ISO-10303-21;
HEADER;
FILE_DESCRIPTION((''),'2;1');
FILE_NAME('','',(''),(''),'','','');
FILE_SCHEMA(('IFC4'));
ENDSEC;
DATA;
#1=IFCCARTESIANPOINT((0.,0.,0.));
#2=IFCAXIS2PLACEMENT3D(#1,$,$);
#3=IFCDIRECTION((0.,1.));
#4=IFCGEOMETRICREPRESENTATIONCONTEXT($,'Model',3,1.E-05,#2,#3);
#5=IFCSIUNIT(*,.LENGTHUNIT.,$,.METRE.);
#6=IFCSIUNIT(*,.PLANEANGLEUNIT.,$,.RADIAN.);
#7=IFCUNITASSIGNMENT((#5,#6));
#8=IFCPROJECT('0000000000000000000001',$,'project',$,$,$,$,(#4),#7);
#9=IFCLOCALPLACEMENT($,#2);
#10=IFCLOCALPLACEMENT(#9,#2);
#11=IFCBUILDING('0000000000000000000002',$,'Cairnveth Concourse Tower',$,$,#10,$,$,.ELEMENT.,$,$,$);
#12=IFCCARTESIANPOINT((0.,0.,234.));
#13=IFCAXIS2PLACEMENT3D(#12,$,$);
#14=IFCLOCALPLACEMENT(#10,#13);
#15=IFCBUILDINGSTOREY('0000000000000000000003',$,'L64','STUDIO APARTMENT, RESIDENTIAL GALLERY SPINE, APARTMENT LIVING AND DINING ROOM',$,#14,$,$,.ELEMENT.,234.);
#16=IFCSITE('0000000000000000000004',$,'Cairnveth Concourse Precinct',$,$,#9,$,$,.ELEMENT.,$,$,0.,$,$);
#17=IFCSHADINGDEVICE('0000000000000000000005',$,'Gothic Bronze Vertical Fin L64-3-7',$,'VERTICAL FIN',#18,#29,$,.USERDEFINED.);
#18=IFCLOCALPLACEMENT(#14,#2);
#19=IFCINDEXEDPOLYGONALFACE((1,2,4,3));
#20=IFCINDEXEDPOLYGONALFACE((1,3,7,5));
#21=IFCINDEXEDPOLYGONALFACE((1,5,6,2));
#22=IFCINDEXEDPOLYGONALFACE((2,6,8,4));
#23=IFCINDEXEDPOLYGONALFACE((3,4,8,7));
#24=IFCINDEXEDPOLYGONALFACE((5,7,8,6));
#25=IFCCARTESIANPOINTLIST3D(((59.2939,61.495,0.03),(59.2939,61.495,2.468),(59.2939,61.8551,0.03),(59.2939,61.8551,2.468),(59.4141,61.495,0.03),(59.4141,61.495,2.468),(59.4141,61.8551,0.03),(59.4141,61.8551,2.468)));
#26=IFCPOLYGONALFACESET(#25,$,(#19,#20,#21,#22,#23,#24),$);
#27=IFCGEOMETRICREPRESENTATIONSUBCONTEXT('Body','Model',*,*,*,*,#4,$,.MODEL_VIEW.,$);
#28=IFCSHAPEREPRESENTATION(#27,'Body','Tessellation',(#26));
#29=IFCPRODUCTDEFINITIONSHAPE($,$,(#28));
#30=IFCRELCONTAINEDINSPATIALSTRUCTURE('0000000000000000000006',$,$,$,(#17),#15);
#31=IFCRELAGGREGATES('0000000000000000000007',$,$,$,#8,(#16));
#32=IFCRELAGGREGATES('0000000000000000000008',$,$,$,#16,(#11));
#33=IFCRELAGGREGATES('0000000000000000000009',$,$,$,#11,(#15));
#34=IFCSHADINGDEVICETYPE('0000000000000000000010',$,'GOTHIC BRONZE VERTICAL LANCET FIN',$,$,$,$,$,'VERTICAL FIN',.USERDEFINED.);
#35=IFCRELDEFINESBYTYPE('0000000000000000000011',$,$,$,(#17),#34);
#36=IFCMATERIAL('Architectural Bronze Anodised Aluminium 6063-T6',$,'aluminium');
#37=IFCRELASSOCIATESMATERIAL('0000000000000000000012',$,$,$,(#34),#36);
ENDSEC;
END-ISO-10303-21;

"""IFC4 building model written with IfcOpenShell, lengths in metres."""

from ifc_helpers import new_model, si_unit, direction, frame, origin, origin_2d, place, context, subcontext, project, spatial, rectangle, extrude, material, type_object, element, save


model = new_model("IFC4")

# Units and contexts
model_context = context("Model", 3, precision=1e-05, world=origin(), true_north=direction((0.0, 1.0)))
body_context = subcontext(model_context, "Body", "Model", "MODEL_VIEW")
ifc_project = project(units=[si_unit("LENGTHUNIT", "METRE"), si_unit("PLANEANGLEUNIT", "RADIAN")], contexts=[model_context])

# Site, building, storey
site_placement = place(None, origin())
site = spatial("IfcSite", under=ifc_project, at=site_placement, Name="Cairnveth Concourse Precinct", CompositionType="ELEMENT", RefElevation=0.0)
building_placement = place(site_placement, origin())
building = spatial("IfcBuilding", under=site, at=building_placement, Name="Cairnveth Concourse Tower", CompositionType="ELEMENT")
storey_placement = place(building_placement, frame((0.0, 0.0, 234.0)))
storey = spatial("IfcBuildingStorey", under=building, at=storey_placement, Name="L64", Description="STUDIO APARTMENT, RESIDENTIAL GALLERY SPINE, APARTMENT LIVING AND DINING ROOM", CompositionType="ELEMENT", Elevation=234.0)

# Shading device
ifc_material_1 = material(Name="Architectural Bronze Anodised Aluminium 6063-T6", Category="aluminium")
shading_device_type = type_object("IfcShadingDeviceType", Name="GOTHIC BRONZE VERTICAL LANCET FIN", ElementType="VERTICAL FIN", PredefinedType="USERDEFINED", material=ifc_material_1)
for number, where, z_axis, x_axis, name in (
    (1, (59.354, 61.675, 0.03), (0.0, 0.0, 1.0), (1.0, 0.0, 0.0), "Gothic Bronze Vertical Fin L64-3-7"),
):
    element("IfcShadingDevice", number, at=place(storey_placement, frame(where, z_axis=z_axis, x_axis=x_axis)), inside=storey, type_object=shading_device_type, Name=name, ObjectType="VERTICAL FIN", PredefinedType="USERDEFINED", context=body_context, shape_type="SweptSolid", body=[
        extrude(rectangle(XDim=0.1201, YDim=0.3601, at=origin_2d()), origin(), (0.0, 0.0, 1.0), 2.438),
    ])

save(model, "model.ifc")
